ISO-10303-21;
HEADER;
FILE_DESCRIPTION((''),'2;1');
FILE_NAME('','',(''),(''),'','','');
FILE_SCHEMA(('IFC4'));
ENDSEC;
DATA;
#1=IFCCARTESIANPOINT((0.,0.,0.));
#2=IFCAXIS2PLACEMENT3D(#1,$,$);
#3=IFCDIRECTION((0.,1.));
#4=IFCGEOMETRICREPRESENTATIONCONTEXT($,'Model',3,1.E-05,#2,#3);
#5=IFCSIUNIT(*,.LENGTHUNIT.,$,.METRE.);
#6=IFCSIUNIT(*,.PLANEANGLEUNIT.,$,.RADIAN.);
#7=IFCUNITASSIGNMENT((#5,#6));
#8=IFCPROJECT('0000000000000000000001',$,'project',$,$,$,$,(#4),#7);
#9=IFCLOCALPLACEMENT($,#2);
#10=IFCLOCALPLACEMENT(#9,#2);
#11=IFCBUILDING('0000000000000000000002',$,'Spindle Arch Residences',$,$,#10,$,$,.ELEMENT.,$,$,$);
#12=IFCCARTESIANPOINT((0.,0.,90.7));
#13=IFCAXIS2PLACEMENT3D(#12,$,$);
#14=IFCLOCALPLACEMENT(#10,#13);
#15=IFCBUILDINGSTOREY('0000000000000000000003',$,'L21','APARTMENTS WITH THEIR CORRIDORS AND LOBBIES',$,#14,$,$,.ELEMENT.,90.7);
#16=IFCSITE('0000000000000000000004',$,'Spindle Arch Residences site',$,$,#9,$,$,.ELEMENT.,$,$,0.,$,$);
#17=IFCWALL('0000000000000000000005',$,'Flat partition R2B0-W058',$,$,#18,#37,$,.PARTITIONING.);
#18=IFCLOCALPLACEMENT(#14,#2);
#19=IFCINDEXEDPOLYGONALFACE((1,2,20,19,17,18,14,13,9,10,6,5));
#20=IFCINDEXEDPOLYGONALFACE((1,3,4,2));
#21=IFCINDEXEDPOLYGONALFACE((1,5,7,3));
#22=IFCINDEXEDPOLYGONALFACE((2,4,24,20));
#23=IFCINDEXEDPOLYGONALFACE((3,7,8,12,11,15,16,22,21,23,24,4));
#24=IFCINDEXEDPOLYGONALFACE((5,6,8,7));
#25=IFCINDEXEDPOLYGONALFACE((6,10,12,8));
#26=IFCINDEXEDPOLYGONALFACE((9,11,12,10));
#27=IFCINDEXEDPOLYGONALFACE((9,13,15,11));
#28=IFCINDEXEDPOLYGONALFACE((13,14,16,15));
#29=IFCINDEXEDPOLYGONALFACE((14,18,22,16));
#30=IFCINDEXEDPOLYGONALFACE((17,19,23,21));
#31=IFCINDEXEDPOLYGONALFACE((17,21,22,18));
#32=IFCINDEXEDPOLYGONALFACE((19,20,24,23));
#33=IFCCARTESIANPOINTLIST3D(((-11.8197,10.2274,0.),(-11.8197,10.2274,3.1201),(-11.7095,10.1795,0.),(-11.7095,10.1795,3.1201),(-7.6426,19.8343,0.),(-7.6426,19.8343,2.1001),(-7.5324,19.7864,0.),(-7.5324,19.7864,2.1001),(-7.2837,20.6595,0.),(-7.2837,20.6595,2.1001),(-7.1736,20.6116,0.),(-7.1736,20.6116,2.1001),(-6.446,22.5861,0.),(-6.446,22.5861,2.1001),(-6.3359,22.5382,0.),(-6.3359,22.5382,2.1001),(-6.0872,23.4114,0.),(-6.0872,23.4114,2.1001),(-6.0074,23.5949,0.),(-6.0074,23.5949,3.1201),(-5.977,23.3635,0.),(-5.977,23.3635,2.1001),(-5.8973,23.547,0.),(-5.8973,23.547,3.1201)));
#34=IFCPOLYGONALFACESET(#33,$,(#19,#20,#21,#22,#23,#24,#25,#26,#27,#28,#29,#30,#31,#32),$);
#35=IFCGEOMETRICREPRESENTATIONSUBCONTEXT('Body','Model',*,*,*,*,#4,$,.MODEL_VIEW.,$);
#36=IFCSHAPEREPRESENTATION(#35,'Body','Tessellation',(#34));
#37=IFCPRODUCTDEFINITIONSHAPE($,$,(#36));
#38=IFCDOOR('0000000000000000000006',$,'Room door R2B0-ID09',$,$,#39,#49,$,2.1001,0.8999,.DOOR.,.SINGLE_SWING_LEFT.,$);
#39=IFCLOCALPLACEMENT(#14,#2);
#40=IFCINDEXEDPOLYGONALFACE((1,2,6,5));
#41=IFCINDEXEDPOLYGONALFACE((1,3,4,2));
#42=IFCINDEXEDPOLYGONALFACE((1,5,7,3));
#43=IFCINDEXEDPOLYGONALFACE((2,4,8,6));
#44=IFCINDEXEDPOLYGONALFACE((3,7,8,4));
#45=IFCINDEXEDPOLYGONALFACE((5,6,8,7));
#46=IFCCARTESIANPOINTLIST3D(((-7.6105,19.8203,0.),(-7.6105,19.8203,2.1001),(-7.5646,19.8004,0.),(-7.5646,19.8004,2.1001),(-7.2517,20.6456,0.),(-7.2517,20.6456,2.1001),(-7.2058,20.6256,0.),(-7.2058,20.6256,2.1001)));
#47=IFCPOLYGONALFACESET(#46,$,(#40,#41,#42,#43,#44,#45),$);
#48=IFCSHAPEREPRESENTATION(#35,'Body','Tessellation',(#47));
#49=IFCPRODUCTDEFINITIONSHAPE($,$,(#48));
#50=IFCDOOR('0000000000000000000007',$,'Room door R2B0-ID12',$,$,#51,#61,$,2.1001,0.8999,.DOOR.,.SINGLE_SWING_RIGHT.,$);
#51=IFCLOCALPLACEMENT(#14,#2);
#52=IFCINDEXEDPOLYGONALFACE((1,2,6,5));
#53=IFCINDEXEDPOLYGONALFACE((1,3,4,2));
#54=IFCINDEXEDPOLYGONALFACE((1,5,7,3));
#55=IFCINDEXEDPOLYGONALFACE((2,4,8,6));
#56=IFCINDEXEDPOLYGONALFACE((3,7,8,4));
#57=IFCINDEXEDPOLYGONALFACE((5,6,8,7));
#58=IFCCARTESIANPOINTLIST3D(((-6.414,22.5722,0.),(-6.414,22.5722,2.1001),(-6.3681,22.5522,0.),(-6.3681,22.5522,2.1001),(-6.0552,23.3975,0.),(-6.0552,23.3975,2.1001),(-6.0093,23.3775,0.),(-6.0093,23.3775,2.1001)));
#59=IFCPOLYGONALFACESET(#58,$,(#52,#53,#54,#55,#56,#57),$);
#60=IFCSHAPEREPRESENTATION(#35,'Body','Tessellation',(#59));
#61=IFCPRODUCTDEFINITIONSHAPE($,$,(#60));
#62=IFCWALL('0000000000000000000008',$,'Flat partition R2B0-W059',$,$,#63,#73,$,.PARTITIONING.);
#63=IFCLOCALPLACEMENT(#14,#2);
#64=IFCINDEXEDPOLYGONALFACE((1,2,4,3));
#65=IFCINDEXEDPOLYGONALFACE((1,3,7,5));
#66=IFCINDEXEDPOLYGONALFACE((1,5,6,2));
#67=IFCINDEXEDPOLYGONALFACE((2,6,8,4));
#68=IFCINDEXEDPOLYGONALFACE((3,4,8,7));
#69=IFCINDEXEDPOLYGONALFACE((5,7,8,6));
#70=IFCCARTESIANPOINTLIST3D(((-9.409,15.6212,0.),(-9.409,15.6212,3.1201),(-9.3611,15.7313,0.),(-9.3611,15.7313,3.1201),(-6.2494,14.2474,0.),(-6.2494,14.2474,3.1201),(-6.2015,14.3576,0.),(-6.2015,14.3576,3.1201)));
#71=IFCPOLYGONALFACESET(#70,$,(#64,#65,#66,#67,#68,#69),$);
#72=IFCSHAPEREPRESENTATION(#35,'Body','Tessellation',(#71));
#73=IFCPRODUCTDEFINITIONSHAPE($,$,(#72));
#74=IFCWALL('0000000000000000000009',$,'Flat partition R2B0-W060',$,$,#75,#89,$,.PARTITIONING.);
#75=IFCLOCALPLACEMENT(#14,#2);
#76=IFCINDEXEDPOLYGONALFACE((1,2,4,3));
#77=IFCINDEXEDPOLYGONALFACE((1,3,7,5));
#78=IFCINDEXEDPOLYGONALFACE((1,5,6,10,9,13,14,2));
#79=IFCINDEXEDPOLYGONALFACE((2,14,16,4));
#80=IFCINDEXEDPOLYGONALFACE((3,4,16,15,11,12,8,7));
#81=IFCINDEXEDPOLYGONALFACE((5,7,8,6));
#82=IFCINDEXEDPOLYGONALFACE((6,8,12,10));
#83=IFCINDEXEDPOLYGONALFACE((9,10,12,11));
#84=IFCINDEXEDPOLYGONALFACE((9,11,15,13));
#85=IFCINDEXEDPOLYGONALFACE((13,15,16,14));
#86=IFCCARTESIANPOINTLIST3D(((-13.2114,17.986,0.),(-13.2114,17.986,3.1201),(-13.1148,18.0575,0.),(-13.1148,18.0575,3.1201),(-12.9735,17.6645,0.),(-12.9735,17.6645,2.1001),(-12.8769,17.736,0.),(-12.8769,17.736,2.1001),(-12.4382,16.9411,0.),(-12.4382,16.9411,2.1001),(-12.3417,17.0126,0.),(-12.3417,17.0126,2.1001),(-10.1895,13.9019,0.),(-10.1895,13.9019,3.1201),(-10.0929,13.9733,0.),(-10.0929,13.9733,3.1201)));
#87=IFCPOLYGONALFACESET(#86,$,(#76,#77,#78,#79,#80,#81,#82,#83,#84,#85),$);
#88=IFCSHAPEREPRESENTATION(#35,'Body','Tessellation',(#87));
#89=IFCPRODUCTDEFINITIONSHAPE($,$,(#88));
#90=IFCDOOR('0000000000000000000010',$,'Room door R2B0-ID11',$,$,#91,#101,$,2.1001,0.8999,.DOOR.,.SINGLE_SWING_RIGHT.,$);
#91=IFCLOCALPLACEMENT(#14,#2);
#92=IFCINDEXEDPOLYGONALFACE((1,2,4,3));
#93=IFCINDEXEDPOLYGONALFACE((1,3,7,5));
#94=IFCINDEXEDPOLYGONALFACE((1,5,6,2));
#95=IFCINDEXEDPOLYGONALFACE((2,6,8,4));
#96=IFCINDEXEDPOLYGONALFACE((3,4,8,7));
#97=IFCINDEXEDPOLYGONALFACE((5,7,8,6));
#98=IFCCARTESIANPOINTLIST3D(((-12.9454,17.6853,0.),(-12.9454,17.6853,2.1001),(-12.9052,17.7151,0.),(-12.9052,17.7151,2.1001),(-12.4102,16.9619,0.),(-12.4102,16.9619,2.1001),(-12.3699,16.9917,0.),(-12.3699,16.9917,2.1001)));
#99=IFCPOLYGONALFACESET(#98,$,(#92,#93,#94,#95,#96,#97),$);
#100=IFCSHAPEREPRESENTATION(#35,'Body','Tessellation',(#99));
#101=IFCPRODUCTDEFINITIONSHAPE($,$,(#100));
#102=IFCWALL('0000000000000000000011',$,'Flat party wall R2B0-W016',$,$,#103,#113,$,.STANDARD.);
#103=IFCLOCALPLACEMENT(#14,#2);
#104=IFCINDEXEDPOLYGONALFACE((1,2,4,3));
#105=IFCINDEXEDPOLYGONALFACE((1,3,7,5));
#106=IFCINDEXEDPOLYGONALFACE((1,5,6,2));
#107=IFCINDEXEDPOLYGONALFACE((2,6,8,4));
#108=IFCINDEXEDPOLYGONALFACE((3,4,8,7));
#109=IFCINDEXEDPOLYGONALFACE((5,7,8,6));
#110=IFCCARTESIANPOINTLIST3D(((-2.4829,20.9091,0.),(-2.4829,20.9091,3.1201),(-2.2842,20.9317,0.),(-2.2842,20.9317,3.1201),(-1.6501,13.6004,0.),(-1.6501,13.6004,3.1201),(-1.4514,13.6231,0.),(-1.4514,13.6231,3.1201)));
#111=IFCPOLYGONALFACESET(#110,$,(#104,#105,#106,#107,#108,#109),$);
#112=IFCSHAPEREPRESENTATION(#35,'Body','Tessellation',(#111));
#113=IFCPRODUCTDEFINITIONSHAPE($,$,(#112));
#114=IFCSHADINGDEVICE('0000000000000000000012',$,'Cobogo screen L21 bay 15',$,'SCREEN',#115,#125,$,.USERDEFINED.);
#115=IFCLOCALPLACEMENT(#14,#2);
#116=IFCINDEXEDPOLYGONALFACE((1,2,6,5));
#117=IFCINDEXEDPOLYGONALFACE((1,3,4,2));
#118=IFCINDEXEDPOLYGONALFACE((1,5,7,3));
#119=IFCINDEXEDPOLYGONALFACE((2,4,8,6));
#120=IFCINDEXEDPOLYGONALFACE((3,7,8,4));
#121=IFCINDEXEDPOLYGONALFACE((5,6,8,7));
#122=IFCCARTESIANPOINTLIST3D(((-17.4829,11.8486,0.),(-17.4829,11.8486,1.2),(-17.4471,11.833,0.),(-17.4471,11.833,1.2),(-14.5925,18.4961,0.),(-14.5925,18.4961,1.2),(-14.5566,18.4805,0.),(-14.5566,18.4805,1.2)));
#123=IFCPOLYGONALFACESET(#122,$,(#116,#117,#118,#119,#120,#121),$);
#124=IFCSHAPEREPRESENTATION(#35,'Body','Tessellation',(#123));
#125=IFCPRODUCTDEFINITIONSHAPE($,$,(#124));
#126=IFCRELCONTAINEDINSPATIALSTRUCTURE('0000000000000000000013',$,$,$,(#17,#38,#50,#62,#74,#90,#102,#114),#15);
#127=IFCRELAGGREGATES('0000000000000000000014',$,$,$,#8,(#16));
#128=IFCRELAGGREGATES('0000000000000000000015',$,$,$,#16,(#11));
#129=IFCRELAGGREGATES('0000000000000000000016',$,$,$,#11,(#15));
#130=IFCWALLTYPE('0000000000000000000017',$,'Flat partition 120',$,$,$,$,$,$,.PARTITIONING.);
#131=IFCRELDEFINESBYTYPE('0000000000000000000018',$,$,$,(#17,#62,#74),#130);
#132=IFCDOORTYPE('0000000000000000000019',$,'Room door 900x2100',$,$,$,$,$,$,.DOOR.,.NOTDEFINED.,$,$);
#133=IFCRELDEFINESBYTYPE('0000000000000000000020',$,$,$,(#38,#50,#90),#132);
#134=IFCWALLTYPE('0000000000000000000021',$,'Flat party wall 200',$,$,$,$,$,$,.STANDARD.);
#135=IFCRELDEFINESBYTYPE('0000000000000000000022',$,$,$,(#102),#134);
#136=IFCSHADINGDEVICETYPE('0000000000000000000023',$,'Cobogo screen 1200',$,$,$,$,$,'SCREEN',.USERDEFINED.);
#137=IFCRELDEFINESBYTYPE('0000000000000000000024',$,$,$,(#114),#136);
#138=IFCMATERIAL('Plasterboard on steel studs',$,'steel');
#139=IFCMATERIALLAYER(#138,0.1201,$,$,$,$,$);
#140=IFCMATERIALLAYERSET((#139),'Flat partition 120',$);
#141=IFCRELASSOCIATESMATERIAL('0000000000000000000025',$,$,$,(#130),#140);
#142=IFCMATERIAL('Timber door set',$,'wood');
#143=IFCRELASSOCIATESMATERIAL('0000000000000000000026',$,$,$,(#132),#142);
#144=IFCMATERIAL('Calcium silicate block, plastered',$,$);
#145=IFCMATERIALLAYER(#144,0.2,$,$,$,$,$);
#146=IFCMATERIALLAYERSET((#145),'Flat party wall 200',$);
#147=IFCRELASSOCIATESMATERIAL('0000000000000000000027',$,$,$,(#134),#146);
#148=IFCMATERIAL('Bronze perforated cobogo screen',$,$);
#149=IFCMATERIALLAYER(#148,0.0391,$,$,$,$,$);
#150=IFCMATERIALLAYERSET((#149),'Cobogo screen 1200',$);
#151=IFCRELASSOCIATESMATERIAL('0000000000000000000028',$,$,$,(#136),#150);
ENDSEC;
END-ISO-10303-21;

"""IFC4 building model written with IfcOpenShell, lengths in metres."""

from ifc_helpers import new_model, si_unit, direction, frame, frame_2d, origin, origin_2d, place, context, subcontext, project, spatial, rectangle, extrude, material, layer, layer_set, type_object, element, fill, save


model = new_model("IFC4")

# Units and contexts
model_context = context("Model", 3, precision=1e-05, world=origin(), true_north=direction((0.0, 1.0)))
body_context = subcontext(model_context, "Body", "Model", "MODEL_VIEW")
ifc_project = project(units=[si_unit("LENGTHUNIT", "METRE"), si_unit("PLANEANGLEUNIT", "RADIAN")], contexts=[model_context])

# Site, building, storey
site_placement = place(None, origin())
site = spatial("IfcSite", under=ifc_project, at=site_placement, Name="Spindle Arch Residences site", CompositionType="ELEMENT", RefElevation=0.0)
building_placement = place(site_placement, origin())
building = spatial("IfcBuilding", under=site, at=building_placement, Name="Spindle Arch Residences", CompositionType="ELEMENT")
storey_placement = place(building_placement, frame((0.0, 0.0, 90.7)))
storey = spatial("IfcBuildingStorey", under=building, at=storey_placement, Name="L21", Description="APARTMENTS WITH THEIR CORRIDORS AND LOBBIES", CompositionType="ELEMENT", Elevation=90.7)

# Shared definitions
ifc_material_1 = material(Name="Plasterboard on steel studs", Category="steel")
ifc_layer_1 = layer(ifc_material_1, 0.1201)
ifc_layer_set_1 = layer_set([ifc_layer_1], Name="Flat partition 120")
wall_type_1 = type_object("IfcWallType", Name="Flat partition 120", PredefinedType="PARTITIONING", material=ifc_layer_set_1)
ifc_material_2 = material(Name="Timber door set", Category="wood")
door_type_1 = type_object("IfcDoorType", Name="Room door 900x2100", OperationType="NOTDEFINED", PredefinedType="DOOR", material=ifc_material_2)

# Wall, openings, doors
wall_1_placement = place(storey_placement, frame((-5.9524, 23.5708, 0.0), z_axis=(0.0, 0.0, 1.0), x_axis=(-0.398745, -0.917062, 0.0)))
wall_1 = element("IfcWall", 1, at=wall_1_placement, inside=storey, type_object=wall_type_1, Name="Flat partition R2B0-W058", PredefinedType="PARTITIONING", context=body_context, shape_type="SweptSolid", body=[
    extrude(rectangle(XDim=14.5764, YDim=0.1201, at=frame_2d((7.2881, 0.0))), origin(), (0.0, 0.0, 1.0), 3.1201),
])
opening_1_placement = place(wall_1_placement, frame((3.2007, 0.0, 0.0)))
opening_1 = element("IfcOpeningElement", 2, at=opening_1_placement, cuts=wall_1, PredefinedType="OPENING", context=body_context, shape_type="SweptSolid", body=[
    extrude(rectangle(XDim=0.8999, YDim=2.1001, at=frame_2d((0.45, 1.05))), frame((0.0, 0.0701, 0.0), z_axis=(0.0, -1.0, 0.0), x_axis=(1.0, 0.0, 0.0)), (0.0, 0.0, 1.0), 0.1401),
])
opening_2_placement = place(wall_1_placement, frame((0.2, 0.0, 0.0)))
opening_2 = element("IfcOpeningElement", 3, at=opening_2_placement, cuts=wall_1, PredefinedType="OPENING", context=body_context, shape_type="SweptSolid", body=[
    extrude(rectangle(XDim=0.8999, YDim=2.1001, at=frame_2d((0.45, 1.05))), frame((0.0, 0.0701, 0.0), z_axis=(0.0, -1.0, 0.0), x_axis=(1.0, 0.0, 0.0)), (0.0, 0.0, 1.0), 0.1401),
])
door_1_placement = place(opening_1_placement, origin())
door_1 = element("IfcDoor", 4, at=door_1_placement, inside=storey, type_object=door_type_1, Name="Room door R2B0-ID09", OperationType="SINGLE_SWING_LEFT", OverallHeight=2.1001, OverallWidth=0.8999, PredefinedType="DOOR", context=body_context, shape_type="SweptSolid", body=[
    extrude(rectangle(XDim=0.8999, YDim=2.1001, at=frame_2d((0.45, 1.05))), frame((0.0, 0.0249, 0.0), z_axis=(0.0, -1.0, 0.0), x_axis=(1.0, 0.0, 0.0)), (0.0, 0.0, 1.0), 0.05),
])
fill(opening_1, door_1)
door_2_placement = place(opening_2_placement, origin())
door_2 = element("IfcDoor", 5, at=door_2_placement, inside=storey, type_object=door_type_1, Name="Room door R2B0-ID12", OperationType="SINGLE_SWING_RIGHT", OverallHeight=2.1001, OverallWidth=0.8999, PredefinedType="DOOR", context=body_context, shape_type="SweptSolid", body=[
    extrude(rectangle(XDim=0.8999, YDim=2.1001, at=frame_2d((0.45, 1.05))), frame((0.0, 0.0249, 0.0), z_axis=(0.0, -1.0, 0.0), x_axis=(1.0, 0.0, 0.0)), (0.0, 0.0, 1.0), 0.05),
])
fill(opening_2, door_2)

# Wall
wall_2_placement = place(storey_placement, frame((-9.385, 15.6763, 0.0), z_axis=(0.0, 0.0, 1.0), x_axis=(0.917069, -0.398729, 0.0)))
element("IfcWall", 6, at=wall_2_placement, inside=storey, type_object=wall_type_1, Name="Flat partition R2B0-W059", PredefinedType="PARTITIONING", context=body_context, shape_type="SweptSolid", body=[
    extrude(rectangle(XDim=3.4453, YDim=0.1201, at=frame_2d((1.7227, 0.0))), origin(), (0.0, 0.0, 1.0), 3.1201),
])

# Wall, opening, door
wall_3_placement = place(storey_placement, frame((-13.1631, 18.0217, 0.0), z_axis=(0.0, 0.0, 1.0), x_axis=(0.594798, -0.803875, 0.0)))
wall_3 = element("IfcWall", 7, at=wall_3_placement, inside=storey, type_object=wall_type_1, Name="Flat partition R2B0-W060", PredefinedType="PARTITIONING", context=body_context, shape_type="SweptSolid", body=[
    extrude(rectangle(XDim=5.0806, YDim=0.1201, at=frame_2d((2.5403, 0.0))), origin(), (0.0, 0.0, 1.0), 3.1201),
])
opening_3_placement = place(wall_3_placement, frame((0.3999, 0.0, 0.0)))
opening_3 = element("IfcOpeningElement", 8, at=opening_3_placement, cuts=wall_3, PredefinedType="OPENING", context=body_context, shape_type="SweptSolid", body=[
    extrude(rectangle(XDim=0.8999, YDim=2.1001, at=frame_2d((0.45, 1.05))), frame((0.0, 0.0701, 0.0), z_axis=(0.0, -1.0, 0.0), x_axis=(1.0, 0.0, 0.0)), (0.0, 0.0, 1.0), 0.1401),
])
door_3_placement = place(opening_3_placement, origin())
door_3 = element("IfcDoor", 9, at=door_3_placement, inside=storey, type_object=door_type_1, Name="Room door R2B0-ID11", OperationType="SINGLE_SWING_RIGHT", OverallHeight=2.1001, OverallWidth=0.8999, PredefinedType="DOOR", context=body_context, shape_type="SweptSolid", body=[
    extrude(rectangle(XDim=0.8999, YDim=2.1001, at=frame_2d((0.45, 1.05))), frame((0.0, 0.0249, 0.0), z_axis=(0.0, -1.0, 0.0), x_axis=(1.0, 0.0, 0.0)), (0.0, 0.0, 1.0), 0.05),
])
fill(opening_3, door_3)

# Wall
ifc_material_3 = material(Name="Calcium silicate block, plastered")
ifc_layer_2 = layer(ifc_material_3, 0.2)
ifc_layer_set_2 = layer_set([ifc_layer_2], Name="Flat party wall 200")
wall_type_2 = type_object("IfcWallType", Name="Flat party wall 200", PredefinedType="STANDARD", material=ifc_layer_set_2)
wall_4_placement = place(storey_placement, frame((-2.3835, 20.9204, 0.0), z_axis=(0.0, 0.0, 1.0), x_axis=(0.113211, -0.993571, 0.0)))
element("IfcWall", 10, at=wall_4_placement, inside=storey, type_object=wall_type_2, Name="Flat party wall R2B0-W016", PredefinedType="STANDARD", context=body_context, shape_type="SweptSolid", body=[
    extrude(rectangle(XDim=7.356, YDim=0.2, at=frame_2d((3.678, 0.0))), origin(), (0.0, 0.0, 1.0), 3.1201),
])

# Shading device
ifc_material_4 = material(Name="Bronze perforated cobogo screen")
ifc_layer_3 = layer(ifc_material_4, 0.0391)
ifc_layer_set_3 = layer_set([ifc_layer_3], Name="Cobogo screen 1200")
shading_device_type = type_object("IfcShadingDeviceType", Name="Cobogo screen 1200", ElementType="SCREEN", PredefinedType="USERDEFINED", material=ifc_layer_set_3)
shading_device_placement = place(storey_placement, frame((-16.0198, 15.1646, 0.0), z_axis=(0.0, 0.0, 1.0), x_axis=(-0.398749, -0.91706, 0.0)))
element("IfcShadingDevice", 11, at=shading_device_placement, inside=storey, type_object=shading_device_type, Name="Cobogo screen L21 bay 15", ObjectType="SCREEN", PredefinedType="USERDEFINED", context=body_context, shape_type="SweptSolid", body=[
    extrude(rectangle(XDim=7.2488, YDim=0.0391, at=origin_2d()), origin(), (0.0, 0.0, 1.0), 1.2),
])

save(model, "model.ifc")
